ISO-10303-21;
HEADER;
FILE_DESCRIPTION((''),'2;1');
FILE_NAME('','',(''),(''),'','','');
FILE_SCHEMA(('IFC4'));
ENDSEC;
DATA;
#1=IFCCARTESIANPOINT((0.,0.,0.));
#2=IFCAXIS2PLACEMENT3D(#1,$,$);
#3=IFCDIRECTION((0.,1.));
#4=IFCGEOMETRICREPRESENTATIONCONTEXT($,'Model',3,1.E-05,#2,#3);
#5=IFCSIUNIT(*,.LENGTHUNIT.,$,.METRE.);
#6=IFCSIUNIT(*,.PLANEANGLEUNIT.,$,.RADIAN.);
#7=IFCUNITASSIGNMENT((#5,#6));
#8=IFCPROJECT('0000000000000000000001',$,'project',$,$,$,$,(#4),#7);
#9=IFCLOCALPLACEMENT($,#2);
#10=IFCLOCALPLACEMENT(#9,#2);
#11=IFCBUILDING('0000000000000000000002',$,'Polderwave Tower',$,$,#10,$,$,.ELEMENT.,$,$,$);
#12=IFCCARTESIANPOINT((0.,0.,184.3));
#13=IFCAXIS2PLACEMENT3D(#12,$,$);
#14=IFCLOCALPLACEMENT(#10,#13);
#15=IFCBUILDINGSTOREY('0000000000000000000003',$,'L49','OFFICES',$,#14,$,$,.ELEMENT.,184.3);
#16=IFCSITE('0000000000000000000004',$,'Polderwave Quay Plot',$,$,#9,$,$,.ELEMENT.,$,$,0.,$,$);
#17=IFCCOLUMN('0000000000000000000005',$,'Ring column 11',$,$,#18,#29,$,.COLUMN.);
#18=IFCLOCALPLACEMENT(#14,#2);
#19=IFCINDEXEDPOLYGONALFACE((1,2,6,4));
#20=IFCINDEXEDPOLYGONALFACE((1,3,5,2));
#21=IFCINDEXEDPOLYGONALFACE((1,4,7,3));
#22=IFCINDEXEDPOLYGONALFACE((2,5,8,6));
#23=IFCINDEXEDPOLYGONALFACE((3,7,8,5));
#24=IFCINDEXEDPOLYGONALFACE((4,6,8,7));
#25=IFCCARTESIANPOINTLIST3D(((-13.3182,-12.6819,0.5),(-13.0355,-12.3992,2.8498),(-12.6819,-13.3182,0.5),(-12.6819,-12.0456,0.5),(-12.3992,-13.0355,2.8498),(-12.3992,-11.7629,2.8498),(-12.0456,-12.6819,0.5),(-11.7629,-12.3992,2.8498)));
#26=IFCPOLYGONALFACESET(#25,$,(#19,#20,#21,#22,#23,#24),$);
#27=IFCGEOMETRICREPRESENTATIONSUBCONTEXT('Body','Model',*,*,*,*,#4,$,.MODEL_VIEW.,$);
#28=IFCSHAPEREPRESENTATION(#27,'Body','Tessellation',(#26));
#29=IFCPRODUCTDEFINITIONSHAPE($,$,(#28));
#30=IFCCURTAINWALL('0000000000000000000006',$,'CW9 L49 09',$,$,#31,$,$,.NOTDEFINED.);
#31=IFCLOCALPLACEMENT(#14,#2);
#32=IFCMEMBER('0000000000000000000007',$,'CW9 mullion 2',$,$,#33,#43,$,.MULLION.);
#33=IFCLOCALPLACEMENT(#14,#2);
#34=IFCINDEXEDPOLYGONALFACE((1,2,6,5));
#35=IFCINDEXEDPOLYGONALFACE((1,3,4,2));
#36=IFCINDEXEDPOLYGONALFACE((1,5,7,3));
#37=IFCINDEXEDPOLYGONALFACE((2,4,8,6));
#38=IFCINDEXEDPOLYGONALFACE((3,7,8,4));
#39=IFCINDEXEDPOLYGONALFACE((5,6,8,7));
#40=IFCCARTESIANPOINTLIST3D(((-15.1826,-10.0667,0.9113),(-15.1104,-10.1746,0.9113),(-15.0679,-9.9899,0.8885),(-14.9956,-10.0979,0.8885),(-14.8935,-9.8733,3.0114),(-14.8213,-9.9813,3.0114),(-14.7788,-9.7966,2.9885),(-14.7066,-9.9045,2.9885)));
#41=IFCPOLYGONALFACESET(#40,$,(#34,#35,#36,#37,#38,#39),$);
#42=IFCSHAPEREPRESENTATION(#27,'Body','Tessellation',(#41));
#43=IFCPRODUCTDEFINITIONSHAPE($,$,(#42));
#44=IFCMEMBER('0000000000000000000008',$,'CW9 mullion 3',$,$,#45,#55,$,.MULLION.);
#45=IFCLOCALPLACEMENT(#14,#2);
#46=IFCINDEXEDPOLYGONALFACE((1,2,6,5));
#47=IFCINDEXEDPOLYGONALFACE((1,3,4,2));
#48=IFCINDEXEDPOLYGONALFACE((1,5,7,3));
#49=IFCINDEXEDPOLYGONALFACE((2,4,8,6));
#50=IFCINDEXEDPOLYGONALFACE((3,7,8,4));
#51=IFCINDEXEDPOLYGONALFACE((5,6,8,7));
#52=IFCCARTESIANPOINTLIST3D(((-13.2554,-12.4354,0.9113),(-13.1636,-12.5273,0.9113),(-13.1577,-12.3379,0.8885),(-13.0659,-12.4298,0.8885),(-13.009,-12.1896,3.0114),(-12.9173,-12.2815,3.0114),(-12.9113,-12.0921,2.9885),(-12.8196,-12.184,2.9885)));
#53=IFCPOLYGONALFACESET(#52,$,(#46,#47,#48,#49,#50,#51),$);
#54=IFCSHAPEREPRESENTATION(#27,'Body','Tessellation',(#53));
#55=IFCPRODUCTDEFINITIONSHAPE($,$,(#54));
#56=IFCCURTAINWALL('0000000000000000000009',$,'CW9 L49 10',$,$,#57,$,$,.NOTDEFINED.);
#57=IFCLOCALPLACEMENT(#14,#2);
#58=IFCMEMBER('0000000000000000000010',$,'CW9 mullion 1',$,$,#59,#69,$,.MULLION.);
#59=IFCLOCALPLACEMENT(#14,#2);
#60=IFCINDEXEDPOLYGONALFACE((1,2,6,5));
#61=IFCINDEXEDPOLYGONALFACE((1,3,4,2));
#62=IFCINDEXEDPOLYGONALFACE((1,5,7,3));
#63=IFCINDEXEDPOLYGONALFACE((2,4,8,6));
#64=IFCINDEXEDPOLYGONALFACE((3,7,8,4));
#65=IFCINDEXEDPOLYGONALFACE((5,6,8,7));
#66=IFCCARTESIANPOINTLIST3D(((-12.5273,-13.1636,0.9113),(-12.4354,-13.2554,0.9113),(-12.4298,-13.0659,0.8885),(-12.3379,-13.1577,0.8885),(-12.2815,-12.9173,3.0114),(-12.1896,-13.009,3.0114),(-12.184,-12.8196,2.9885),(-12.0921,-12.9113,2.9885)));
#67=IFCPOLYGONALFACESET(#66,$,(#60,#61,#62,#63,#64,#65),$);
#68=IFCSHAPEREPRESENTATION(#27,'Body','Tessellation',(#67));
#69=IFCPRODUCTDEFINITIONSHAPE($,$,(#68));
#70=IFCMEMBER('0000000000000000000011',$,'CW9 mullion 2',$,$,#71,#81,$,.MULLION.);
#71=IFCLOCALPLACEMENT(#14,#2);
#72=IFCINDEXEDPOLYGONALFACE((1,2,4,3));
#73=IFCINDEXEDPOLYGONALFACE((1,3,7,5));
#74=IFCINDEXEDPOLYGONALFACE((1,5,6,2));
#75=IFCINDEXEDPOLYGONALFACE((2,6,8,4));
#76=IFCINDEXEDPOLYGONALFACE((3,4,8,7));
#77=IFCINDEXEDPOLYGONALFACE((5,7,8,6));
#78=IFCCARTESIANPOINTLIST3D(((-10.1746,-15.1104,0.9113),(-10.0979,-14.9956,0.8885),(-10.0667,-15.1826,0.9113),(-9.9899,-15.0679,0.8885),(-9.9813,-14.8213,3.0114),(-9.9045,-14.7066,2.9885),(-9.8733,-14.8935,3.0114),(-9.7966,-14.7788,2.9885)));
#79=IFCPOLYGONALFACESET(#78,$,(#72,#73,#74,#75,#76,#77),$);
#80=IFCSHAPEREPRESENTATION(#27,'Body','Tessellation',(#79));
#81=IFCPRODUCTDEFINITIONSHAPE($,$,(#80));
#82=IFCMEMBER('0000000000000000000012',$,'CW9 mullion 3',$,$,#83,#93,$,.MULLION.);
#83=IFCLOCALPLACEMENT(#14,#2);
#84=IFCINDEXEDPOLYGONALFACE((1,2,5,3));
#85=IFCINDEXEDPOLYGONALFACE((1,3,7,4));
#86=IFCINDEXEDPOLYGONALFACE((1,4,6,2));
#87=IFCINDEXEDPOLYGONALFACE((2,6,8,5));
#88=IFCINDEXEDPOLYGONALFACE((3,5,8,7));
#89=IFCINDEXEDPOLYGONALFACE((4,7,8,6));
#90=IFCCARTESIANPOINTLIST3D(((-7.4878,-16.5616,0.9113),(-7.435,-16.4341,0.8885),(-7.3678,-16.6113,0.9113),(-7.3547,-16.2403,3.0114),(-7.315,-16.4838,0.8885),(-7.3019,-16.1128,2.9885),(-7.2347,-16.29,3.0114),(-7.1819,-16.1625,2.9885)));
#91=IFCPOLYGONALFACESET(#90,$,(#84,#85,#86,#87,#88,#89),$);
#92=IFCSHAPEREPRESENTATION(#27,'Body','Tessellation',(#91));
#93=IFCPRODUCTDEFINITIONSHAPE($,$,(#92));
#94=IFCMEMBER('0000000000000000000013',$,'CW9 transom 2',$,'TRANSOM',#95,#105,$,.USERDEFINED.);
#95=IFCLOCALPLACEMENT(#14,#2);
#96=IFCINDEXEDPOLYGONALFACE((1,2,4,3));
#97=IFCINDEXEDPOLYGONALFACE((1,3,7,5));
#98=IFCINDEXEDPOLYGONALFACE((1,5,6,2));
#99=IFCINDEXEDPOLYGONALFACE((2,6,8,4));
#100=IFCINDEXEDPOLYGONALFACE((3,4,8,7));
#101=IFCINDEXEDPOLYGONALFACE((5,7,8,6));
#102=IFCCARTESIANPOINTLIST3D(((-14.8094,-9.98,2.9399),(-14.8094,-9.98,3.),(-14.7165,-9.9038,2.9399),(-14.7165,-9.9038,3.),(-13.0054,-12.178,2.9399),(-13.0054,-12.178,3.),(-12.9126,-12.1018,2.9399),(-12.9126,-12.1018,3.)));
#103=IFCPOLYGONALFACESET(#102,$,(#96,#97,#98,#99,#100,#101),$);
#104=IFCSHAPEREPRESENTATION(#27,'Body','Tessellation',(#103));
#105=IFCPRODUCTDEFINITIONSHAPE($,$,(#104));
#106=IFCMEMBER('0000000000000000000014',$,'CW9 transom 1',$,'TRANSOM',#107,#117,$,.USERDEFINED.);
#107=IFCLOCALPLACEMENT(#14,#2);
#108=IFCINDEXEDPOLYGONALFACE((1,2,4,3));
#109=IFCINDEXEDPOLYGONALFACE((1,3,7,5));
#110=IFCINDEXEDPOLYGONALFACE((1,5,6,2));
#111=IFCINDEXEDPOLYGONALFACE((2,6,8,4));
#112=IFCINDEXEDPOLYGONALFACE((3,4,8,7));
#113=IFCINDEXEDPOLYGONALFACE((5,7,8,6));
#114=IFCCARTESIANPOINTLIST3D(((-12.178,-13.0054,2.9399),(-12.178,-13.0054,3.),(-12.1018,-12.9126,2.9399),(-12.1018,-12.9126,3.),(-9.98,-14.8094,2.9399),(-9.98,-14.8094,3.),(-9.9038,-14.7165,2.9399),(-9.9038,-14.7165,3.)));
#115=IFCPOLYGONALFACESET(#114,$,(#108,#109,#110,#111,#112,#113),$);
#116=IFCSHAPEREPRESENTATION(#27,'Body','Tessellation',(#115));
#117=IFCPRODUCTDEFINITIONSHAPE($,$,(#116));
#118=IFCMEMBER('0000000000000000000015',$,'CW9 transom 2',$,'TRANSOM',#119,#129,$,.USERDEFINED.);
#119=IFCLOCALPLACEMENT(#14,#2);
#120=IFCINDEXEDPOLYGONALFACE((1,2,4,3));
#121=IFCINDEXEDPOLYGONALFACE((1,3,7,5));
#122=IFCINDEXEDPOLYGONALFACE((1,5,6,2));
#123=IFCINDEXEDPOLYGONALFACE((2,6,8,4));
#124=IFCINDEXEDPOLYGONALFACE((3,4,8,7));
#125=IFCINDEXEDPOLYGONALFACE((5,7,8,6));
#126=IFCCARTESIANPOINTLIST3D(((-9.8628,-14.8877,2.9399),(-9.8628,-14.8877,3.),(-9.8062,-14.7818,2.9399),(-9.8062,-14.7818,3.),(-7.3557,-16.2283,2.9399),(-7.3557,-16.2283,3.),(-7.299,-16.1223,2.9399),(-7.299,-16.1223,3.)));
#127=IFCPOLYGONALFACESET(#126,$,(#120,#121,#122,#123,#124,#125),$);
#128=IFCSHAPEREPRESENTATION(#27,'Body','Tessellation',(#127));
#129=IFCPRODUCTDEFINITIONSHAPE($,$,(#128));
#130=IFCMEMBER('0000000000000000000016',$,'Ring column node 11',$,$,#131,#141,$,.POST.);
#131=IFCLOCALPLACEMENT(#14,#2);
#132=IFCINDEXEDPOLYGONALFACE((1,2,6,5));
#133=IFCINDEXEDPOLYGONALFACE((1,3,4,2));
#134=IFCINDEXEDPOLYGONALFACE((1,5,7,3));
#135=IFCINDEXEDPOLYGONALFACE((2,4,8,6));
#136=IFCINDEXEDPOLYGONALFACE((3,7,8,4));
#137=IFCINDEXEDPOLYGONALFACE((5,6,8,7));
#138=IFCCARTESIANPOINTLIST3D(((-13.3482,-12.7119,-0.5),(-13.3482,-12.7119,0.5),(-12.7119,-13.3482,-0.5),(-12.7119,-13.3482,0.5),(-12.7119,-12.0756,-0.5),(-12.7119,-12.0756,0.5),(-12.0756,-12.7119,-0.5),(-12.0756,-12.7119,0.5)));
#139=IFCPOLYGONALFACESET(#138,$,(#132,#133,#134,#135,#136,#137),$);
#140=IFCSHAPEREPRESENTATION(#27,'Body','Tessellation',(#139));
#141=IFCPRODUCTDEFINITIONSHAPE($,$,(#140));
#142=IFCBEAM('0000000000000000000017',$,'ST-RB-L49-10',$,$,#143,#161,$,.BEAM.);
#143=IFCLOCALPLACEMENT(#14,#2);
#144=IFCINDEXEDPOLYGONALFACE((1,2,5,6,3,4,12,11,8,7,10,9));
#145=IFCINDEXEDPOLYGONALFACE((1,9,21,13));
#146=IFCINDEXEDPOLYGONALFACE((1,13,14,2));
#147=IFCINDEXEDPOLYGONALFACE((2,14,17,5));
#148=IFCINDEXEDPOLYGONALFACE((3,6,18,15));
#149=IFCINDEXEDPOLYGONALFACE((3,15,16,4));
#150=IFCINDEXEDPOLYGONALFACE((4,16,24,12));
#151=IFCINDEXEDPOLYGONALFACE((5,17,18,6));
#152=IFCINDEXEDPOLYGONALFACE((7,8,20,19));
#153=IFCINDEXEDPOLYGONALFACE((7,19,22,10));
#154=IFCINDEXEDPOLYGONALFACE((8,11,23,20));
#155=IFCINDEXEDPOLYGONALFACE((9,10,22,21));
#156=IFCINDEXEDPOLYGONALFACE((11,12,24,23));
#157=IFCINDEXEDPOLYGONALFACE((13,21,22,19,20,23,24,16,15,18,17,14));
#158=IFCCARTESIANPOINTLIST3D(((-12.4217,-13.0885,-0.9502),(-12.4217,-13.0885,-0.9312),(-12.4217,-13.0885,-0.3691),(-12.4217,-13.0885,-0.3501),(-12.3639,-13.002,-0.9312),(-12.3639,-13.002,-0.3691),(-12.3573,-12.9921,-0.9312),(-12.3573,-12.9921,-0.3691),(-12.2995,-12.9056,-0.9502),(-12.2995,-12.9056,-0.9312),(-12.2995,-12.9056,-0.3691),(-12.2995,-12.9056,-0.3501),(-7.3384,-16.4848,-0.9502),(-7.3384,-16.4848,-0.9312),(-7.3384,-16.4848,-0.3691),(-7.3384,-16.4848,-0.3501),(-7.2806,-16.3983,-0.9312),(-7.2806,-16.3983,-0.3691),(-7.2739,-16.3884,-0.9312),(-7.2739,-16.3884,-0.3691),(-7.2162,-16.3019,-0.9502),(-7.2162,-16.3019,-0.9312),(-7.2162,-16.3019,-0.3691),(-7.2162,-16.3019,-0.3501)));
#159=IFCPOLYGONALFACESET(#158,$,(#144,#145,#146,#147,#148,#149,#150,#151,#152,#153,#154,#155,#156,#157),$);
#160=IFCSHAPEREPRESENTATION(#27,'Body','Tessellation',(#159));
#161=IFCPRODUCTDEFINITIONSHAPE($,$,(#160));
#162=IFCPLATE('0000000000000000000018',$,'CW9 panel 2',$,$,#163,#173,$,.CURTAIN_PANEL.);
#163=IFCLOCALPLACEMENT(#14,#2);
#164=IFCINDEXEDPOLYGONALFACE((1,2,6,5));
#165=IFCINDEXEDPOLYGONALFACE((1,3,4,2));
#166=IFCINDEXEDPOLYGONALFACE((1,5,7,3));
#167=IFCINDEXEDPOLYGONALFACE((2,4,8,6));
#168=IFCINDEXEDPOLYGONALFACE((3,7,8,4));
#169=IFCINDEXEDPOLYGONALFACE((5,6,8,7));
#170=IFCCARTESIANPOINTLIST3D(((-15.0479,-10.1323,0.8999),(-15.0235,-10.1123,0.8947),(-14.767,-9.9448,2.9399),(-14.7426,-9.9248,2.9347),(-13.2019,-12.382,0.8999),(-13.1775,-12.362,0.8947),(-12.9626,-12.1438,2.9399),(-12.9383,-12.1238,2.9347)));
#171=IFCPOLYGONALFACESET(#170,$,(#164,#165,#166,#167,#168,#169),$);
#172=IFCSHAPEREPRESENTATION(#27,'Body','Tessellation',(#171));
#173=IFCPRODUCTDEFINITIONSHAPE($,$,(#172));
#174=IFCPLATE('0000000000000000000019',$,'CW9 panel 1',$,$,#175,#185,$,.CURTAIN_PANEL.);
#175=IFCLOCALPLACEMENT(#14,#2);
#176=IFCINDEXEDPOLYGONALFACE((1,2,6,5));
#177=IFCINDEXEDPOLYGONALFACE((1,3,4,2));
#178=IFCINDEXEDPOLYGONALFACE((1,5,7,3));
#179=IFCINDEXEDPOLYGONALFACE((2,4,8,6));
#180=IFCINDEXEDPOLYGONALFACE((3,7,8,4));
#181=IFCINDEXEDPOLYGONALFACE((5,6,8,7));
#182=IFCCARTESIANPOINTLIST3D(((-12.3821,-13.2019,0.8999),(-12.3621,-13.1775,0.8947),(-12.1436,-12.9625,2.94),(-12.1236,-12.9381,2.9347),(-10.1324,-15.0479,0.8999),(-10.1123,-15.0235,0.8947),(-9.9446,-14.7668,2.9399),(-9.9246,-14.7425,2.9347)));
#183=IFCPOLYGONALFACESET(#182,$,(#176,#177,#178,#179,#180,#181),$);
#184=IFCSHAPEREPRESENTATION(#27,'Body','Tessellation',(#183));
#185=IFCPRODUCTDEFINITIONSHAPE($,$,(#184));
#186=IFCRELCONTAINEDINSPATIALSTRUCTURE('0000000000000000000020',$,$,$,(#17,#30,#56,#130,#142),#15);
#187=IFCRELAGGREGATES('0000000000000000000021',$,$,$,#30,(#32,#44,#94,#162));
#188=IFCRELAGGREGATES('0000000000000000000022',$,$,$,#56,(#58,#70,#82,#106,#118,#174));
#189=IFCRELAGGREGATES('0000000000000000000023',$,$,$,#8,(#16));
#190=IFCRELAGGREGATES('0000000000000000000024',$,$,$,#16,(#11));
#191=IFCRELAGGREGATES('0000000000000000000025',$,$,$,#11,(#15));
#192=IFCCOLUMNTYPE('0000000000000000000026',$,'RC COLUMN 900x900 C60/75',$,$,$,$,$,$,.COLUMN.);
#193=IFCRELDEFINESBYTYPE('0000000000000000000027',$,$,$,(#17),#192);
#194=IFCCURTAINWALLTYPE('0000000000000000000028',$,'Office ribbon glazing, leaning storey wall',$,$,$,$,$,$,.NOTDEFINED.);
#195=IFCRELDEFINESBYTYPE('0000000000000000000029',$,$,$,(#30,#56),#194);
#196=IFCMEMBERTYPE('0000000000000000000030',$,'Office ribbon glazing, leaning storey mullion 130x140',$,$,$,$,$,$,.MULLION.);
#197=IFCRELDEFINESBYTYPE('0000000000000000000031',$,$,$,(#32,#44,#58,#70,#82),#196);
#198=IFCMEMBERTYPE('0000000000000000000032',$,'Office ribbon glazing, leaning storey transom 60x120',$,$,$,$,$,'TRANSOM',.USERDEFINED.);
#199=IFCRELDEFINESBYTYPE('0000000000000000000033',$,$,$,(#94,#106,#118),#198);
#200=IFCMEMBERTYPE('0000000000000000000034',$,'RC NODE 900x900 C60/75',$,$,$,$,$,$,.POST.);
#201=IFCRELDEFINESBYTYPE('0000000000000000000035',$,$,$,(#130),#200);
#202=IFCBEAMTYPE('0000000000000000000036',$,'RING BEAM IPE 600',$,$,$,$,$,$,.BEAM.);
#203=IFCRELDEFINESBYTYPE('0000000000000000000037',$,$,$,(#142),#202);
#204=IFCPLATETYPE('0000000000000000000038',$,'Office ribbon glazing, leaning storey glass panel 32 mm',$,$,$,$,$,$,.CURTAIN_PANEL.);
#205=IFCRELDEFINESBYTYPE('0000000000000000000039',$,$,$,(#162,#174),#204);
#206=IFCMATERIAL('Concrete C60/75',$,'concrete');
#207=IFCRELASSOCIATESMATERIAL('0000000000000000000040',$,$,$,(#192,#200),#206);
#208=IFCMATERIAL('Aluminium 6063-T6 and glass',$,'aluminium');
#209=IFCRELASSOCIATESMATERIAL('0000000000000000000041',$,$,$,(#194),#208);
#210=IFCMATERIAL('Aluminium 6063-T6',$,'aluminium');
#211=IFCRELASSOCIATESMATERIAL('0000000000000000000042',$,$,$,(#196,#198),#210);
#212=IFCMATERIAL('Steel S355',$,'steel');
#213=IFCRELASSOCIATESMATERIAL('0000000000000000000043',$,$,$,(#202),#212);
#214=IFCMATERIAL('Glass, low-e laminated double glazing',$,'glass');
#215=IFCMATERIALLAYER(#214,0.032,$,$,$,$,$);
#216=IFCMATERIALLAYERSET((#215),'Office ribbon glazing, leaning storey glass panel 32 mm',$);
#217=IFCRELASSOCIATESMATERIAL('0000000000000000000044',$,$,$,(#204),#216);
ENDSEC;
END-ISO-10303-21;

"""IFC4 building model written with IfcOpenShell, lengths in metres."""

from ifc_helpers import new_model, si_unit, direction, frame, origin, origin_2d, place, context, subcontext, project, spatial, polyline, rectangle, i_section, outline, extrude, material, layer, layer_set, material_profile, profile_set, type_object, element, aggregate, save


model = new_model("IFC4")

# Units and contexts
model_context = context("Model", 3, precision=1e-05, world=origin(), true_north=direction((0.0, 1.0)))
body_context = subcontext(model_context, "Body", "Model", "MODEL_VIEW")
ifc_project = project(units=[si_unit("LENGTHUNIT", "METRE"), si_unit("PLANEANGLEUNIT", "RADIAN")], contexts=[model_context])

# Site, building, storey
site_placement = place(None, origin())
site = spatial("IfcSite", under=ifc_project, at=site_placement, Name="Polderwave Quay Plot", CompositionType="ELEMENT", RefElevation=0.0)
building_placement = place(site_placement, origin())
building = spatial("IfcBuilding", under=site, at=building_placement, Name="Polderwave Tower", CompositionType="ELEMENT")
storey_placement = place(building_placement, frame((0.0, 0.0, 184.3)))
storey = spatial("IfcBuildingStorey", under=building, at=storey_placement, Name="L49", Description="OFFICES", CompositionType="ELEMENT", Elevation=184.3)

# Column
ifc_material_1 = material(Name="Concrete C60/75", Category="concrete")
ifc_material_profile_1 = material_profile(ifc_material_1, rectangle(XDim=0.8999, YDim=0.8999, at=origin_2d()), Name="RC 900x900")
ifc_profile_set_1 = profile_set([ifc_material_profile_1], Name="Concrete C60/75")
column_type = type_object("IfcColumnType", Name="RC COLUMN 900x900 C60/75", PredefinedType="COLUMN", material=ifc_profile_set_1)
column_placement = place(storey_placement, frame((-12.6819, -12.6819, 0.5), z_axis=(0.0, 0.0, 1.0), x_axis=(-0.707107, 0.707107, 0.0)))
element("IfcColumn", 1, at=column_placement, inside=storey, type_object=column_type, Name="Ring column 11", PredefinedType="COLUMN", context=body_context, shape_type="SweptSolid", body=[
    extrude(rectangle(XDim=0.8999, YDim=0.8999, at=origin_2d()), origin(), (0.0, -0.167736, 0.985832), 2.3835),
])

# Curtain walls, members
ifc_material_2 = material(Name="Aluminium 6063-T6 and glass", Category="aluminium")
curtain_wall_type = type_object("IfcCurtainWallType", Name="Office ribbon glazing, leaning storey wall", PredefinedType="NOTDEFINED", material=ifc_material_2)
curtain_wall_1_placement = place(storey_placement, origin())
curtain_wall_1 = element("IfcCurtainWall", 2, at=curtain_wall_1_placement, inside=storey, type_object=curtain_wall_type, Name="CW9 L49 09", PredefinedType="NOTDEFINED")
ifc_material_3 = material(Name="Aluminium 6063-T6", Category="aluminium")
ifc_material_profile_2 = material_profile(ifc_material_3, rectangle(XDim=0.1299, YDim=0.1399, at=origin_2d()), Name="AL 130x140")
ifc_profile_set_2 = profile_set([ifc_material_profile_2], Name="Aluminium 6063-T6")
member_type_1 = type_object("IfcMemberType", Name="Office ribbon glazing, leaning storey mullion 130x140", PredefinedType="MULLION", material=ifc_profile_set_2)
member_1_placement = place(storey_placement, frame((-15.0891, -10.0823, 0.8999), z_axis=(0.135793, 0.090835, 0.986564), x_axis=(-0.555996, 0.831185, 0.0)))
member_1 = element("IfcMember", 3, at=member_1_placement, type_object=member_type_1, Name="CW9 mullion 2", PredefinedType="MULLION", context=body_context, shape_type="SweptSolid", body=[
    extrude(rectangle(XDim=0.1299, YDim=0.1399, at=origin_2d()), origin(), (0.0, 0.0, 1.0), 2.1287),
])
member_2_placement = place(storey_placement, frame((-13.1606, -12.4326, 0.8999), z_axis=(0.11572, 0.115491, 0.986545), x_axis=(-0.706405, 0.707808, 0.0)))
member_2 = element("IfcMember", 4, at=member_2_placement, type_object=member_type_1, Name="CW9 mullion 3", PredefinedType="MULLION", context=body_context, shape_type="SweptSolid", body=[
    extrude(rectangle(XDim=0.1299, YDim=0.1399, at=origin_2d()), origin(), (0.0, 0.0, 1.0), 2.1287),
])
curtain_wall_2_placement = place(storey_placement, origin())
curtain_wall_2 = element("IfcCurtainWall", 5, at=curtain_wall_2_placement, inside=storey, type_object=curtain_wall_type, Name="CW9 L49 10", PredefinedType="NOTDEFINED")
member_3_placement = place(storey_placement, frame((-12.4326, -13.1606, 0.8999), z_axis=(0.115491, 0.11572, 0.986545), x_axis=(-0.707808, 0.706405, 0.0)))
member_3 = element("IfcMember", 6, at=member_3_placement, type_object=member_type_1, Name="CW9 mullion 1", PredefinedType="MULLION", context=body_context, shape_type="SweptSolid", body=[
    extrude(rectangle(XDim=0.1299, YDim=0.1399, at=origin_2d()), origin(), (0.0, 0.0, 1.0), 2.1287),
])
member_4_placement = place(storey_placement, frame((-10.0823, -15.0891, 0.8999), z_axis=(0.090835, 0.135793, 0.986564), x_axis=(-0.831185, 0.555996, 0.0)))
member_4 = element("IfcMember", 7, at=member_4_placement, type_object=member_type_1, Name="CW9 mullion 2", PredefinedType="MULLION", context=body_context, shape_type="SweptSolid", body=[
    extrude(rectangle(XDim=0.1299, YDim=0.1399, at=origin_2d()), origin(), (0.0, 0.0, 1.0), 2.1287),
])
member_5_placement = place(storey_placement, frame((-7.4014, -16.5227, 0.8999), z_axis=(0.062506, 0.150932, 0.986566), x_axis=(-0.923906, 0.38262, 0.0)))
member_5 = element("IfcMember", 8, at=member_5_placement, type_object=member_type_1, Name="CW9 mullion 3", PredefinedType="MULLION", context=body_context, shape_type="SweptSolid", body=[
    extrude(rectangle(XDim=0.1299, YDim=0.1399, at=origin_2d()), origin(), (0.0, 0.0, 1.0), 2.1287),
])

# Members
ifc_material_profile_3 = material_profile(ifc_material_3, rectangle(XDim=0.1201, YDim=0.0601, at=origin_2d()), Name="AL 60x120")
ifc_profile_set_3 = profile_set([ifc_material_profile_3], Name="Aluminium 6063-T6")
member_type_2 = type_object("IfcMemberType", Name="Office ribbon glazing, leaning storey transom 60x120", ElementType="TRANSOM", PredefinedType="USERDEFINED", material=ifc_profile_set_3)
member_6_placement = place(storey_placement, frame((-14.7629, -9.9419, 2.97), z_axis=(0.634415, -0.772992, 0.0), x_axis=(0.772992, 0.634415, 0.0)))
member_6 = element("IfcMember", 9, at=member_6_placement, type_object=member_type_2, Name="CW9 transom 2", ObjectType="TRANSOM", PredefinedType="USERDEFINED", context=body_context, shape_type="SweptSolid", body=[
    extrude(rectangle(XDim=0.1201, YDim=0.0601, at=origin_2d()), origin(), (0.0, 0.0, 1.0), 2.8435),
])
member_7_placement = place(storey_placement, frame((-12.1399, -12.959, 2.97), z_axis=(0.772992, -0.634415, 0.0), x_axis=(0.634415, 0.772992, 0.0)))
member_7 = element("IfcMember", 10, at=member_7_placement, type_object=member_type_2, Name="CW9 transom 1", ObjectType="TRANSOM", PredefinedType="USERDEFINED", context=body_context, shape_type="SweptSolid", body=[
    extrude(rectangle(XDim=0.1201, YDim=0.0601, at=origin_2d()), origin(), (0.0, 0.0, 1.0), 2.8435),
])
member_8_placement = place(storey_placement, frame((-9.8345, -14.8347, 2.97), z_axis=(0.881846, -0.471537, 0.0), x_axis=(0.471537, 0.881846, 0.0)))
member_8 = element("IfcMember", 11, at=member_8_placement, type_object=member_type_2, Name="CW9 transom 2", ObjectType="TRANSOM", PredefinedType="USERDEFINED", context=body_context, shape_type="SweptSolid", body=[
    extrude(rectangle(XDim=0.1201, YDim=0.0601, at=origin_2d()), origin(), (0.0, 0.0, 1.0), 2.843),
])
ifc_material_profile_4 = material_profile(ifc_material_1, rectangle(XDim=0.8999, YDim=0.8999, at=origin_2d()), Name="RC 900x900")
ifc_profile_set_4 = profile_set([ifc_material_profile_4], Name="Concrete C60/75")
member_type_3 = type_object("IfcMemberType", Name="RC NODE 900x900 C60/75", PredefinedType="POST", material=ifc_profile_set_4)
member_9_placement = place(storey_placement, frame((-12.7119, -12.7119, -0.5), z_axis=(0.0, 0.0, 1.0), x_axis=(-0.707107, -0.707107, 0.0)))
element("IfcMember", 12, at=member_9_placement, inside=storey, type_object=member_type_3, Name="Ring column node 11", PredefinedType="POST", context=body_context, shape_type="SweptSolid", body=[
    extrude(rectangle(XDim=0.8999, YDim=0.8999, at=origin_2d()), origin(), (0.0, 0.0, 1.0), 1.0),
])

# Beam
ifc_material_4 = material(Name="Steel S355", Category="steel")
ifc_material_profile_5 = material_profile(ifc_material_4, i_section(OverallWidth=0.22, OverallDepth=0.6001, WebThickness=0.012, FlangeThickness=0.019, at=origin_2d()), Name="IPE 600")
ifc_profile_set_5 = profile_set([ifc_material_profile_5], Name="Steel S355")
beam_type = type_object("IfcBeamType", Name="RING BEAM IPE 600", PredefinedType="BEAM", material=ifc_profile_set_5)
beam_placement = place(storey_placement, frame((-12.3606, -12.9971, -0.6501), z_axis=(0.831491, -0.555539, 0.0), x_axis=(0.555539, 0.831491, 0.0)))
element("IfcBeam", 13, at=beam_placement, inside=storey, type_object=beam_type, Name="ST-RB-L49-10", PredefinedType="BEAM", context=body_context, shape_type="SweptSolid", body=[
    extrude(i_section(OverallWidth=0.22, OverallDepth=0.6001, WebThickness=0.012, FlangeThickness=0.019, at=origin_2d()), origin(), (0.0, 0.0, 1.0), 6.1135),
])

# Plates
ifc_material_5 = material(Name="Glass, low-e laminated double glazing", Category="glass")
ifc_layer_1 = layer(ifc_material_5, 0.032)
ifc_layer_set_1 = layer_set([ifc_layer_1], Name="Office ribbon glazing, leaning storey glass panel 32 mm")
plate_type = type_object("IfcPlateType", Name="Office ribbon glazing, leaning storey glass panel 32 mm", PredefinedType="CURTAIN_PANEL", material=ifc_layer_set_1)
plate_1_placement = place(storey_placement, frame((-15.0479, -10.1323, 0.8999), z_axis=(-0.762781, -0.625897, 0.162535), x_axis=(0.634332, -0.773061, -0.000004)))
plate_1 = element("IfcPlate", 14, at=plate_1_placement, type_object=plate_type, Name="CW9 panel 2", PredefinedType="CURTAIN_PANEL", context=body_context, shape_type="SweptSolid", body=[
    extrude(outline(polyline([(0.0, 0.0), (2.9101, 0.0), (2.8777, 2.0675), (0.0331, 2.0675), (0.0, 0.0)])), origin(), (0.0, 0.0, -1.0), 0.032),
])
aggregate(curtain_wall_1, [member_1, member_2, member_6, plate_1])
plate_2_placement = place(storey_placement, frame((-12.3821, -13.2019, 0.8999), z_axis=(-0.62588, -0.76276, 0.162697), x_axis=(0.773061, -0.634332, 0.000004)))
plate_2 = element("IfcPlate", 15, at=plate_2_placement, type_object=plate_type, Name="CW9 panel 1", PredefinedType="CURTAIN_PANEL", context=body_context, shape_type="SweptSolid", body=[
    extrude(outline(polyline([(0.0, 0.0), (2.9101, 0.0), (2.877, 2.0676), (0.0325, 2.0676), (0.0, 0.0)])), origin(), (0.0, 0.0, -1.0), 0.032),
])
aggregate(curtain_wall_2, [member_3, member_4, member_5, member_7, member_8, plate_2])

save(model, "model.ifc")
